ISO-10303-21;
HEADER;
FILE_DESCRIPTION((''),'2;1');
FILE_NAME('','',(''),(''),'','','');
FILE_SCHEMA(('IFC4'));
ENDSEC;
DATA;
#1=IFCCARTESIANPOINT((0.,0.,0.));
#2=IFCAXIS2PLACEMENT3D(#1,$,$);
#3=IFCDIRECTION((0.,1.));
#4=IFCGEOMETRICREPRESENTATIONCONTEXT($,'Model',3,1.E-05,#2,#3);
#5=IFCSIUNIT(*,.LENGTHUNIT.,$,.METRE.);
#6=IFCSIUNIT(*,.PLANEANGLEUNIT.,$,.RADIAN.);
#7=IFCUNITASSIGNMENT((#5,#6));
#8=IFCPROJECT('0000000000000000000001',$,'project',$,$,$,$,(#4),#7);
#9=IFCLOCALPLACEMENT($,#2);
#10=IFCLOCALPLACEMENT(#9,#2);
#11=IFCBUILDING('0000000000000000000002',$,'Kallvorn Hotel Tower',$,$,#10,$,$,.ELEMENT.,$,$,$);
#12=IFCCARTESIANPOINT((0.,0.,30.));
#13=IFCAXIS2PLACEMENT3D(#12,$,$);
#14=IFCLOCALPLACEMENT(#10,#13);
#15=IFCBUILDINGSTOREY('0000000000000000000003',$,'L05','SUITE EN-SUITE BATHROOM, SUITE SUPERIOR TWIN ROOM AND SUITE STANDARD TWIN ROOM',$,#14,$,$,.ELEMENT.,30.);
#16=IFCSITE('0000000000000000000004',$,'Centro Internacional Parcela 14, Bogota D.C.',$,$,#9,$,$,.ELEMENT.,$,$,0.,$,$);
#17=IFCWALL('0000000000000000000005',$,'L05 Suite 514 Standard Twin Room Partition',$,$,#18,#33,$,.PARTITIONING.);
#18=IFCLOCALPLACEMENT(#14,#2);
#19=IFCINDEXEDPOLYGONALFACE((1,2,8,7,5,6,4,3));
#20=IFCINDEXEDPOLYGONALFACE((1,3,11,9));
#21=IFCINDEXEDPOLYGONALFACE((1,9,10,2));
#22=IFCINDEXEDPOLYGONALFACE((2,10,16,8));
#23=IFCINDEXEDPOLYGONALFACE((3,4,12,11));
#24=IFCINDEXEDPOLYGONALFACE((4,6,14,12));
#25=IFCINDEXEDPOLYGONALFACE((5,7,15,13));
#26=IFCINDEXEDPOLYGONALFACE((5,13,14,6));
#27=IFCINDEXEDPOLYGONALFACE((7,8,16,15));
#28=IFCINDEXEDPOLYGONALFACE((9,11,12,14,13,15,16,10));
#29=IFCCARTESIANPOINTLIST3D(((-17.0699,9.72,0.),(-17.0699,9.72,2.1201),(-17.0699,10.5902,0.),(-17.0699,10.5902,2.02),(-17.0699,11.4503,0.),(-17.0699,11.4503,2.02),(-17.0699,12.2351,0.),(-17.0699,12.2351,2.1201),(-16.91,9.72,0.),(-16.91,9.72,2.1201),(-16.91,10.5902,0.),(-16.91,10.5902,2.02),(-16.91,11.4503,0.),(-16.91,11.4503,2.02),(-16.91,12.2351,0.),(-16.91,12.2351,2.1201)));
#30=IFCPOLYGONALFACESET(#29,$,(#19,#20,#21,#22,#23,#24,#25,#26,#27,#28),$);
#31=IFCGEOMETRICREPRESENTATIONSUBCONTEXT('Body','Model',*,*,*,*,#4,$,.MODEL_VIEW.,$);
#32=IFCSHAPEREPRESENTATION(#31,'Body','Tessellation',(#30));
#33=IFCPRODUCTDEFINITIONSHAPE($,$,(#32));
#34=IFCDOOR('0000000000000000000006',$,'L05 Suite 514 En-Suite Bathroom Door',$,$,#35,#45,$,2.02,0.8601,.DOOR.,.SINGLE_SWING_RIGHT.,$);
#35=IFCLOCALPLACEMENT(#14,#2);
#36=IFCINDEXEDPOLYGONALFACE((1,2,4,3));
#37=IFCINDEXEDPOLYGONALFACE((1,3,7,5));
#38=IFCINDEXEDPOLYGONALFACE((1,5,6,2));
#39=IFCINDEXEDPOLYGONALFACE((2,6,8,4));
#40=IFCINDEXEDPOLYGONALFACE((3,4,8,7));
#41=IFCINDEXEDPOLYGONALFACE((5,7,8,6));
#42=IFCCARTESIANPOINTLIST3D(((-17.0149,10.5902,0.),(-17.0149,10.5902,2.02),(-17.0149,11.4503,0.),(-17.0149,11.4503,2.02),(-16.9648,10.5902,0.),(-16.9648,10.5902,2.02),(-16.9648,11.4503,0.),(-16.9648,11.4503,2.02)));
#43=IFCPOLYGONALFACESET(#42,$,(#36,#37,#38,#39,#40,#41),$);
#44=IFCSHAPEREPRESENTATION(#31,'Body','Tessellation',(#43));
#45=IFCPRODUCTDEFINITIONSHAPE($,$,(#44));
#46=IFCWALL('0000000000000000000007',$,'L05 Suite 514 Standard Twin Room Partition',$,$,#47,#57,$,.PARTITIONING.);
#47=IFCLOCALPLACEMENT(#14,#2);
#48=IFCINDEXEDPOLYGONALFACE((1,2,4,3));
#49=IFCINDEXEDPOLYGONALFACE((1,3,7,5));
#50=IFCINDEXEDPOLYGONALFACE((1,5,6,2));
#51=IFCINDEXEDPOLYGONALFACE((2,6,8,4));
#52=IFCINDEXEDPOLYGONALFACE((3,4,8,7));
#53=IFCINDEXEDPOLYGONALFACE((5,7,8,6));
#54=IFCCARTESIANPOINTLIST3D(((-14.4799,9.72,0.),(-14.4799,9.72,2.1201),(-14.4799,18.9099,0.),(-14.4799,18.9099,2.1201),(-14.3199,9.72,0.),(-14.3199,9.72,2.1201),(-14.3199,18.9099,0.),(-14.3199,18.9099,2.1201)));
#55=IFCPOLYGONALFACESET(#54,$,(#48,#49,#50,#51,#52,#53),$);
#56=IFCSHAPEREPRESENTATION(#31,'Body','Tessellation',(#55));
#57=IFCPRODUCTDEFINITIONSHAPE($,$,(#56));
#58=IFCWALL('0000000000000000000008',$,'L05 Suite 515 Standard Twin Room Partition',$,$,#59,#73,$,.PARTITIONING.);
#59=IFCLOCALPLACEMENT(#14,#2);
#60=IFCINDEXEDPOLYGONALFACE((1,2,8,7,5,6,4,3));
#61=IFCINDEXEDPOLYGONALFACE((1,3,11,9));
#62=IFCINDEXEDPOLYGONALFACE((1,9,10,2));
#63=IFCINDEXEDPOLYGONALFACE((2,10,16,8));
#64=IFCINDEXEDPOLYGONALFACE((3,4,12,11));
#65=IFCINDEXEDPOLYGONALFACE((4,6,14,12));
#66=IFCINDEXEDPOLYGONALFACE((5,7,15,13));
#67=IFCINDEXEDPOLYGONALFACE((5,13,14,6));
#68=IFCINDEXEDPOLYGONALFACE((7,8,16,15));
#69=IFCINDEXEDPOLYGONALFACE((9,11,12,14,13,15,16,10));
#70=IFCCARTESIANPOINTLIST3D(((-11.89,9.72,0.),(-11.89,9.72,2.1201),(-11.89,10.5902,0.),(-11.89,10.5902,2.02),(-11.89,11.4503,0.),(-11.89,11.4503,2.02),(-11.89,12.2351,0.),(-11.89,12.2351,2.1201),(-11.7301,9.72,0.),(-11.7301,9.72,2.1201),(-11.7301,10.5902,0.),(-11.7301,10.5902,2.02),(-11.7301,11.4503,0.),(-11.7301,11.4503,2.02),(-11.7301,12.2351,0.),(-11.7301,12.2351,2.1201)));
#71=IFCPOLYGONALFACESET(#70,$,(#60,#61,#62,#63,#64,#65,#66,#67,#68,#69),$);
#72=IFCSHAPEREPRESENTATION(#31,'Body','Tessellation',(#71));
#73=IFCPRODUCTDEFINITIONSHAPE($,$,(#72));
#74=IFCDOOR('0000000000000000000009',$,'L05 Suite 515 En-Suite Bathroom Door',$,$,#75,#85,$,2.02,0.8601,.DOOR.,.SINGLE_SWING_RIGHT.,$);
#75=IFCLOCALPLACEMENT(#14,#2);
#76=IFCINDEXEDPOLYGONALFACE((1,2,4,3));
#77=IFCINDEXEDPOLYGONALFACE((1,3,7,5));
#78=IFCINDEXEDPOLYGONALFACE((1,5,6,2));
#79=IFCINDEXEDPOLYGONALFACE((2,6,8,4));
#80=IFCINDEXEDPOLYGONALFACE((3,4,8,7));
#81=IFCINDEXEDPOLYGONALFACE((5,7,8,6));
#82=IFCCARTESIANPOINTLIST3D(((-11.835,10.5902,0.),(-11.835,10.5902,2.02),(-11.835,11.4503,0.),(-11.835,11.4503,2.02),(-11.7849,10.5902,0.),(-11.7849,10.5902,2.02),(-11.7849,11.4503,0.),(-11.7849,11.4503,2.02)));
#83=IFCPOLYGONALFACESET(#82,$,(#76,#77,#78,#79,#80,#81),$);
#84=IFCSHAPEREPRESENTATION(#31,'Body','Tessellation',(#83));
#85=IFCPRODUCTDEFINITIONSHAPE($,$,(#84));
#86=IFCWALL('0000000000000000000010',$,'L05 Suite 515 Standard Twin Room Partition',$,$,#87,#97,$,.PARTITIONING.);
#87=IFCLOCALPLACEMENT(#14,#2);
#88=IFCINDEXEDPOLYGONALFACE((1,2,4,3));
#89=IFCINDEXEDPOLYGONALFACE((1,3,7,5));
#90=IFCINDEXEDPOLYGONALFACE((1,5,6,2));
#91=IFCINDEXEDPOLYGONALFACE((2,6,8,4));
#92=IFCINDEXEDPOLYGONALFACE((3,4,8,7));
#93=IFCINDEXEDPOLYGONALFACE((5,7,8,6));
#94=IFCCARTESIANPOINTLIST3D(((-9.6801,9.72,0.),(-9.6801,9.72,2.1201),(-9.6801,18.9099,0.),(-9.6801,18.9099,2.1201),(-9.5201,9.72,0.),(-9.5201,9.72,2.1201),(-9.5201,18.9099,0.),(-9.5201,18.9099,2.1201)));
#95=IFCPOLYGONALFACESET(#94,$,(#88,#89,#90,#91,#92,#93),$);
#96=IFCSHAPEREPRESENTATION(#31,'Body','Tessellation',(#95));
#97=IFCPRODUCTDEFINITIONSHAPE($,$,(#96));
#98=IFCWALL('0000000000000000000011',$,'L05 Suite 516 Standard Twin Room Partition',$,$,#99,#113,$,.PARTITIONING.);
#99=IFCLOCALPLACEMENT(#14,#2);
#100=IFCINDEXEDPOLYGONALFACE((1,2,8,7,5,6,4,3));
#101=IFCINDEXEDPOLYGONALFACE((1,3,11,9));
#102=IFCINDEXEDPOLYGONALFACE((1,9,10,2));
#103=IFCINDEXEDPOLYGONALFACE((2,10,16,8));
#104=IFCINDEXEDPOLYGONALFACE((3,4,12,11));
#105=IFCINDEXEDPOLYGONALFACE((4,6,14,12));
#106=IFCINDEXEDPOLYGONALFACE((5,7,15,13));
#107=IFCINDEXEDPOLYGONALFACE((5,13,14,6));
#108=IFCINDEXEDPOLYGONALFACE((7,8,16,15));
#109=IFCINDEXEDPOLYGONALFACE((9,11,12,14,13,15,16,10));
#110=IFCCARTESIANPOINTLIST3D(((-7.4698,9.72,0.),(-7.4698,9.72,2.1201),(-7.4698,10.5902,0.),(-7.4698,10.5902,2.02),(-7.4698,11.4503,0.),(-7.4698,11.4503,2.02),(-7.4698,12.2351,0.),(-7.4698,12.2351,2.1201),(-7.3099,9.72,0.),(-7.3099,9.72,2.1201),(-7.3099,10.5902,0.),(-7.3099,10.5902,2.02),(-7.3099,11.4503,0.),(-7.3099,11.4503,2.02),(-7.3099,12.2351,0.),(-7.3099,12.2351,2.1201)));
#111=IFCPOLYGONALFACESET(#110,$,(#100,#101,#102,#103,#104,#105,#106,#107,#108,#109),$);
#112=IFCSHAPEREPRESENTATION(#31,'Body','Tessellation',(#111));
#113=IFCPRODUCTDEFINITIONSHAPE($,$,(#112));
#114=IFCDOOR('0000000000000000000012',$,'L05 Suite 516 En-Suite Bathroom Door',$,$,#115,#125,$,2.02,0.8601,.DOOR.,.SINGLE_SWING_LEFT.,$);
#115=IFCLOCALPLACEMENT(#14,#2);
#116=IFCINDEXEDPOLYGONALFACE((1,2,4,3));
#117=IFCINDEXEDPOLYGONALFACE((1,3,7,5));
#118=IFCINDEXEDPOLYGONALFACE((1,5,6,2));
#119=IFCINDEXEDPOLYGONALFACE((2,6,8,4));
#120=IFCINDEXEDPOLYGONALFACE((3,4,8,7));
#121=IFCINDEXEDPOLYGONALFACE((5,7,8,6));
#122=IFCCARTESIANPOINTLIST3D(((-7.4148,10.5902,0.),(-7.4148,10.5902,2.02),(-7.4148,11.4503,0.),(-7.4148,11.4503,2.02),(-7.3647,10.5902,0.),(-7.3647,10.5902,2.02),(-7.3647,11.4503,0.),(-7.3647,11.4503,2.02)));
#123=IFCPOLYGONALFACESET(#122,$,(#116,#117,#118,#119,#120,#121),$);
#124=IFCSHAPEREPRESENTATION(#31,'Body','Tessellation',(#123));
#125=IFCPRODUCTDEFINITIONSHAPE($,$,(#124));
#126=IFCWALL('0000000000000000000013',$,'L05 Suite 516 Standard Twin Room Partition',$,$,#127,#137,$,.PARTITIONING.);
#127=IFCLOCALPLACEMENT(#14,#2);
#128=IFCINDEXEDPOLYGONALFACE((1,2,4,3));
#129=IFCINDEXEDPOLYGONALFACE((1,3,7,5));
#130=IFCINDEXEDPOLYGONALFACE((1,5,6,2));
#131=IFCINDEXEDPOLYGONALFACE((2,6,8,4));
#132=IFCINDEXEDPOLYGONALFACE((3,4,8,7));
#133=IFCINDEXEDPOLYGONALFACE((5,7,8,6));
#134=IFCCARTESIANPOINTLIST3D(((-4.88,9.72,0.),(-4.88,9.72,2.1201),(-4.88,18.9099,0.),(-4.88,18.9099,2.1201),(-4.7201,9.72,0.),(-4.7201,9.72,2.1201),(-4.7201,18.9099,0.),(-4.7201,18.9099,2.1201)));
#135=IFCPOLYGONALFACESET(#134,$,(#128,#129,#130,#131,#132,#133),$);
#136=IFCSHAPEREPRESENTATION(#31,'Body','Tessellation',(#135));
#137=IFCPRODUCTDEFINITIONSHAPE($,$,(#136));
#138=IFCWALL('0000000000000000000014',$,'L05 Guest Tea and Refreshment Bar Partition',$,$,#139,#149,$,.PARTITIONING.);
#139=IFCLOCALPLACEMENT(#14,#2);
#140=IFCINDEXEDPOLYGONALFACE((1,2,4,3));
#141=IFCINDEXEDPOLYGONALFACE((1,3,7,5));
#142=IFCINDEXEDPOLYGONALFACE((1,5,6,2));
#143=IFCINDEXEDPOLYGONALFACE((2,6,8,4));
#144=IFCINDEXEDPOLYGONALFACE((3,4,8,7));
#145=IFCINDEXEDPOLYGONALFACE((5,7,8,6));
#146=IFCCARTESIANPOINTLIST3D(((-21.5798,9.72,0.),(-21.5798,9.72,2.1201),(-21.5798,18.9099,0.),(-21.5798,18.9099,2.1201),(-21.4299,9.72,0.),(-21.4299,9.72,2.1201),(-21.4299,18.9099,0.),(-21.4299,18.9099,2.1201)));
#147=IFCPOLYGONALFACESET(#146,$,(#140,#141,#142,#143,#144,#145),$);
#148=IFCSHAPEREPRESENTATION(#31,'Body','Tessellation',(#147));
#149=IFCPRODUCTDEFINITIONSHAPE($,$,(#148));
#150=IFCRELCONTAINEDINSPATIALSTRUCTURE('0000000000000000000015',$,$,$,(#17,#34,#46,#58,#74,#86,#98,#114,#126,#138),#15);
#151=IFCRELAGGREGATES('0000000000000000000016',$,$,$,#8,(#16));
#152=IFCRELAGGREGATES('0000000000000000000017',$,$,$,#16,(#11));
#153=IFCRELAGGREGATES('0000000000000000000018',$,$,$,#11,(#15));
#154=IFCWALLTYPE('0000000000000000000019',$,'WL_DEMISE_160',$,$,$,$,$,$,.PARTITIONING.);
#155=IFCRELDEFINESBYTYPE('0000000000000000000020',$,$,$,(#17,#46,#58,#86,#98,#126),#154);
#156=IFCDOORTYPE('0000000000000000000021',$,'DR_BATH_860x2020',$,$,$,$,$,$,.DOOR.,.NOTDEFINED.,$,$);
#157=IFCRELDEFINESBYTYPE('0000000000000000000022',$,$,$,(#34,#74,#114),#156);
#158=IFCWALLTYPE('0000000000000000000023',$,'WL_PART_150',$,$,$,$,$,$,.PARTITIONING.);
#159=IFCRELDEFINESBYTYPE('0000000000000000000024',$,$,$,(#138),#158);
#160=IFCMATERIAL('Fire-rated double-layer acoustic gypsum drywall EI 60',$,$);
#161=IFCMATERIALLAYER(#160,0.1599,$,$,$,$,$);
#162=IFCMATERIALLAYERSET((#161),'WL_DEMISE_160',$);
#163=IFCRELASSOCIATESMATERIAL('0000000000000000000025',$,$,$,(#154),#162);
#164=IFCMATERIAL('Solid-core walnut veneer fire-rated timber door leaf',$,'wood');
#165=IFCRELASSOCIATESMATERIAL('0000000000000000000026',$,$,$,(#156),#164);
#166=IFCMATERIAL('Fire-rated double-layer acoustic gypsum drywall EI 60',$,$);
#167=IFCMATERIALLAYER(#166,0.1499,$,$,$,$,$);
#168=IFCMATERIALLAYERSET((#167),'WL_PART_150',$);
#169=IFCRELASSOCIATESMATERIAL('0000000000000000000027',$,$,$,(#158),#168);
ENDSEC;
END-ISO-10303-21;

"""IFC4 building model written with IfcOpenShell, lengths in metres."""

from ifc_helpers import new_model, si_unit, direction, frame, frame_2d, origin, place, context, subcontext, project, spatial, rectangle, extrude, material, layer, layer_set, type_object, element, fill, save


model = new_model("IFC4")

# Units and contexts
model_context = context("Model", 3, precision=1e-05, world=origin(), true_north=direction((0.0, 1.0)))
body_context = subcontext(model_context, "Body", "Model", "MODEL_VIEW")
ifc_project = project(units=[si_unit("LENGTHUNIT", "METRE"), si_unit("PLANEANGLEUNIT", "RADIAN")], contexts=[model_context])

# Site, building, storey
site_placement = place(None, origin())
site = spatial("IfcSite", under=ifc_project, at=site_placement, Name="Centro Internacional Parcela 14, Bogota D.C.", CompositionType="ELEMENT", RefElevation=0.0)
building_placement = place(site_placement, origin())
building = spatial("IfcBuilding", under=site, at=building_placement, Name="Kallvorn Hotel Tower", CompositionType="ELEMENT")
storey_placement = place(building_placement, frame((0.0, 0.0, 30.0)))
storey = spatial("IfcBuildingStorey", under=building, at=storey_placement, Name="L05", Description="SUITE EN-SUITE BATHROOM, SUITE SUPERIOR TWIN ROOM AND SUITE STANDARD TWIN ROOM", CompositionType="ELEMENT", Elevation=30.0)

# Shared definitions
ifc_material_1 = material(Name="Fire-rated double-layer acoustic gypsum drywall EI 60")
ifc_layer_1 = layer(ifc_material_1, 0.1599)
ifc_layer_set_1 = layer_set([ifc_layer_1], Name="WL_DEMISE_160")
wall_type_1 = type_object("IfcWallType", Name="WL_DEMISE_160", PredefinedType="PARTITIONING", material=ifc_layer_set_1)

# Wall, opening, door
wall_1_placement = place(storey_placement, frame((-16.99, 9.72, 0.0), z_axis=(0.0, 0.0, 1.0), x_axis=(0.0, 1.0, 0.0)))
wall_1 = element("IfcWall", 1, at=wall_1_placement, inside=storey, type_object=wall_type_1, Name="L05 Suite 514 Standard Twin Room Partition", PredefinedType="PARTITIONING", context=body_context, shape_type="SweptSolid", body=[
    extrude(rectangle(XDim=2.5151, YDim=0.1599, at=frame_2d((1.2576, 0.0))), origin(), (0.0, 0.0, 1.0), 2.1201),
])
opening_1_placement = place(wall_1_placement, frame((0.8701, 0.0, 0.0)))
opening_1 = element("IfcOpeningElement", 2, at=opening_1_placement, cuts=wall_1, PredefinedType="OPENING", context=body_context, shape_type="SweptSolid", body=[
    extrude(rectangle(XDim=0.8601, YDim=2.02, at=frame_2d((0.4302, 1.01))), frame((0.0, 0.095, 0.0), z_axis=(0.0, -1.0, 0.0), x_axis=(1.0, 0.0, 0.0)), (0.0, 0.0, 1.0), 0.1899),
])
ifc_material_2 = material(Name="Solid-core walnut veneer fire-rated timber door leaf", Category="wood")
door_type = type_object("IfcDoorType", Name="DR_BATH_860x2020", OperationType="NOTDEFINED", PredefinedType="DOOR", material=ifc_material_2)
door_1_placement = place(opening_1_placement, origin())
door_1 = element("IfcDoor", 3, at=door_1_placement, inside=storey, type_object=door_type, Name="L05 Suite 514 En-Suite Bathroom Door", OperationType="SINGLE_SWING_RIGHT", OverallHeight=2.02, OverallWidth=0.8601, PredefinedType="DOOR", context=body_context, shape_type="SweptSolid", body=[
    extrude(rectangle(XDim=0.8601, YDim=2.02, at=frame_2d((0.4302, 1.01))), frame((0.0, 0.0249, 0.0), z_axis=(0.0, -1.0, 0.0), x_axis=(1.0, 0.0, 0.0)), (0.0, 0.0, 1.0), 0.05),
])
fill(opening_1, door_1)

# Wall
wall_2_placement = place(storey_placement, frame((-14.3999, 9.72, 0.0), z_axis=(0.0, 0.0, 1.0), x_axis=(0.0, 1.0, 0.0)))
element("IfcWall", 4, at=wall_2_placement, inside=storey, type_object=wall_type_1, Name="L05 Suite 514 Standard Twin Room Partition", PredefinedType="PARTITIONING", context=body_context, shape_type="SweptSolid", body=[
    extrude(rectangle(XDim=9.1899, YDim=0.1599, at=frame_2d((4.595, 0.0))), origin(), (0.0, 0.0, 1.0), 2.1201),
])

# Wall, opening, door
wall_3_placement = place(storey_placement, frame((-11.8101, 9.72, 0.0), z_axis=(0.0, 0.0, 1.0), x_axis=(0.0, 1.0, 0.0)))
wall_3 = element("IfcWall", 5, at=wall_3_placement, inside=storey, type_object=wall_type_1, Name="L05 Suite 515 Standard Twin Room Partition", PredefinedType="PARTITIONING", context=body_context, shape_type="SweptSolid", body=[
    extrude(rectangle(XDim=2.5151, YDim=0.1599, at=frame_2d((1.2576, 0.0))), origin(), (0.0, 0.0, 1.0), 2.1201),
])
opening_2_placement = place(wall_3_placement, frame((0.8701, 0.0, 0.0)))
opening_2 = element("IfcOpeningElement", 6, at=opening_2_placement, cuts=wall_3, PredefinedType="OPENING", context=body_context, shape_type="SweptSolid", body=[
    extrude(rectangle(XDim=0.8601, YDim=2.02, at=frame_2d((0.4302, 1.01))), frame((0.0, 0.095, 0.0), z_axis=(0.0, -1.0, 0.0), x_axis=(1.0, 0.0, 0.0)), (0.0, 0.0, 1.0), 0.1899),
])
door_2_placement = place(opening_2_placement, origin())
door_2 = element("IfcDoor", 7, at=door_2_placement, inside=storey, type_object=door_type, Name="L05 Suite 515 En-Suite Bathroom Door", OperationType="SINGLE_SWING_RIGHT", OverallHeight=2.02, OverallWidth=0.8601, PredefinedType="DOOR", context=body_context, shape_type="SweptSolid", body=[
    extrude(rectangle(XDim=0.8601, YDim=2.02, at=frame_2d((0.4302, 1.01))), frame((0.0, 0.0249, 0.0), z_axis=(0.0, -1.0, 0.0), x_axis=(1.0, 0.0, 0.0)), (0.0, 0.0, 1.0), 0.05),
])
fill(opening_2, door_2)

# Wall
wall_4_placement = place(storey_placement, frame((-9.6001, 9.72, 0.0), z_axis=(0.0, 0.0, 1.0), x_axis=(0.0, 1.0, 0.0)))
element("IfcWall", 8, at=wall_4_placement, inside=storey, type_object=wall_type_1, Name="L05 Suite 515 Standard Twin Room Partition", PredefinedType="PARTITIONING", context=body_context, shape_type="SweptSolid", body=[
    extrude(rectangle(XDim=9.1899, YDim=0.1599, at=frame_2d((4.595, 0.0))), origin(), (0.0, 0.0, 1.0), 2.1201),
])

# Wall, opening, door
wall_5_placement = place(storey_placement, frame((-7.3899, 9.72, 0.0), z_axis=(0.0, 0.0, 1.0), x_axis=(0.0, 1.0, 0.0)))
wall_5 = element("IfcWall", 9, at=wall_5_placement, inside=storey, type_object=wall_type_1, Name="L05 Suite 516 Standard Twin Room Partition", PredefinedType="PARTITIONING", context=body_context, shape_type="SweptSolid", body=[
    extrude(rectangle(XDim=2.5151, YDim=0.1599, at=frame_2d((1.2576, 0.0))), origin(), (0.0, 0.0, 1.0), 2.1201),
])
opening_3_placement = place(wall_5_placement, frame((0.8701, 0.0, 0.0)))
opening_3 = element("IfcOpeningElement", 10, at=opening_3_placement, cuts=wall_5, PredefinedType="OPENING", context=body_context, shape_type="SweptSolid", body=[
    extrude(rectangle(XDim=0.8601, YDim=2.02, at=frame_2d((0.4302, 1.01))), frame((0.0, 0.095, 0.0), z_axis=(0.0, -1.0, 0.0), x_axis=(1.0, 0.0, 0.0)), (0.0, 0.0, 1.0), 0.1899),
])
door_3_placement = place(opening_3_placement, origin())
door_3 = element("IfcDoor", 11, at=door_3_placement, inside=storey, type_object=door_type, Name="L05 Suite 516 En-Suite Bathroom Door", OperationType="SINGLE_SWING_LEFT", OverallHeight=2.02, OverallWidth=0.8601, PredefinedType="DOOR", context=body_context, shape_type="SweptSolid", body=[
    extrude(rectangle(XDim=0.8601, YDim=2.02, at=frame_2d((0.4302, 1.01))), frame((0.0, 0.0249, 0.0), z_axis=(0.0, -1.0, 0.0), x_axis=(1.0, 0.0, 0.0)), (0.0, 0.0, 1.0), 0.05),
])
fill(opening_3, door_3)

# Walls
wall_6_placement = place(storey_placement, frame((-4.8, 9.72, 0.0), z_axis=(0.0, 0.0, 1.0), x_axis=(0.0, 1.0, 0.0)))
element("IfcWall", 12, at=wall_6_placement, inside=storey, type_object=wall_type_1, Name="L05 Suite 516 Standard Twin Room Partition", PredefinedType="PARTITIONING", context=body_context, shape_type="SweptSolid", body=[
    extrude(rectangle(XDim=9.1899, YDim=0.1599, at=frame_2d((4.595, 0.0))), origin(), (0.0, 0.0, 1.0), 2.1201),
])
ifc_material_3 = material(Name="Fire-rated double-layer acoustic gypsum drywall EI 60")
ifc_layer_2 = layer(ifc_material_3, 0.1499)
ifc_layer_set_2 = layer_set([ifc_layer_2], Name="WL_PART_150")
wall_type_2 = type_object("IfcWallType", Name="WL_PART_150", PredefinedType="PARTITIONING", material=ifc_layer_set_2)
wall_7_placement = place(storey_placement, frame((-21.5049, 9.72, 0.0), z_axis=(0.0, 0.0, 1.0), x_axis=(0.0, 1.0, 0.0)))
element("IfcWall", 13, at=wall_7_placement, inside=storey, type_object=wall_type_2, Name="L05 Guest Tea and Refreshment Bar Partition", PredefinedType="PARTITIONING", context=body_context, shape_type="SweptSolid", body=[
    extrude(rectangle(XDim=9.1899, YDim=0.1499, at=frame_2d((4.595, 0.0))), origin(), (0.0, 0.0, 1.0), 2.1201),
])

save(model, "model.ifc")
